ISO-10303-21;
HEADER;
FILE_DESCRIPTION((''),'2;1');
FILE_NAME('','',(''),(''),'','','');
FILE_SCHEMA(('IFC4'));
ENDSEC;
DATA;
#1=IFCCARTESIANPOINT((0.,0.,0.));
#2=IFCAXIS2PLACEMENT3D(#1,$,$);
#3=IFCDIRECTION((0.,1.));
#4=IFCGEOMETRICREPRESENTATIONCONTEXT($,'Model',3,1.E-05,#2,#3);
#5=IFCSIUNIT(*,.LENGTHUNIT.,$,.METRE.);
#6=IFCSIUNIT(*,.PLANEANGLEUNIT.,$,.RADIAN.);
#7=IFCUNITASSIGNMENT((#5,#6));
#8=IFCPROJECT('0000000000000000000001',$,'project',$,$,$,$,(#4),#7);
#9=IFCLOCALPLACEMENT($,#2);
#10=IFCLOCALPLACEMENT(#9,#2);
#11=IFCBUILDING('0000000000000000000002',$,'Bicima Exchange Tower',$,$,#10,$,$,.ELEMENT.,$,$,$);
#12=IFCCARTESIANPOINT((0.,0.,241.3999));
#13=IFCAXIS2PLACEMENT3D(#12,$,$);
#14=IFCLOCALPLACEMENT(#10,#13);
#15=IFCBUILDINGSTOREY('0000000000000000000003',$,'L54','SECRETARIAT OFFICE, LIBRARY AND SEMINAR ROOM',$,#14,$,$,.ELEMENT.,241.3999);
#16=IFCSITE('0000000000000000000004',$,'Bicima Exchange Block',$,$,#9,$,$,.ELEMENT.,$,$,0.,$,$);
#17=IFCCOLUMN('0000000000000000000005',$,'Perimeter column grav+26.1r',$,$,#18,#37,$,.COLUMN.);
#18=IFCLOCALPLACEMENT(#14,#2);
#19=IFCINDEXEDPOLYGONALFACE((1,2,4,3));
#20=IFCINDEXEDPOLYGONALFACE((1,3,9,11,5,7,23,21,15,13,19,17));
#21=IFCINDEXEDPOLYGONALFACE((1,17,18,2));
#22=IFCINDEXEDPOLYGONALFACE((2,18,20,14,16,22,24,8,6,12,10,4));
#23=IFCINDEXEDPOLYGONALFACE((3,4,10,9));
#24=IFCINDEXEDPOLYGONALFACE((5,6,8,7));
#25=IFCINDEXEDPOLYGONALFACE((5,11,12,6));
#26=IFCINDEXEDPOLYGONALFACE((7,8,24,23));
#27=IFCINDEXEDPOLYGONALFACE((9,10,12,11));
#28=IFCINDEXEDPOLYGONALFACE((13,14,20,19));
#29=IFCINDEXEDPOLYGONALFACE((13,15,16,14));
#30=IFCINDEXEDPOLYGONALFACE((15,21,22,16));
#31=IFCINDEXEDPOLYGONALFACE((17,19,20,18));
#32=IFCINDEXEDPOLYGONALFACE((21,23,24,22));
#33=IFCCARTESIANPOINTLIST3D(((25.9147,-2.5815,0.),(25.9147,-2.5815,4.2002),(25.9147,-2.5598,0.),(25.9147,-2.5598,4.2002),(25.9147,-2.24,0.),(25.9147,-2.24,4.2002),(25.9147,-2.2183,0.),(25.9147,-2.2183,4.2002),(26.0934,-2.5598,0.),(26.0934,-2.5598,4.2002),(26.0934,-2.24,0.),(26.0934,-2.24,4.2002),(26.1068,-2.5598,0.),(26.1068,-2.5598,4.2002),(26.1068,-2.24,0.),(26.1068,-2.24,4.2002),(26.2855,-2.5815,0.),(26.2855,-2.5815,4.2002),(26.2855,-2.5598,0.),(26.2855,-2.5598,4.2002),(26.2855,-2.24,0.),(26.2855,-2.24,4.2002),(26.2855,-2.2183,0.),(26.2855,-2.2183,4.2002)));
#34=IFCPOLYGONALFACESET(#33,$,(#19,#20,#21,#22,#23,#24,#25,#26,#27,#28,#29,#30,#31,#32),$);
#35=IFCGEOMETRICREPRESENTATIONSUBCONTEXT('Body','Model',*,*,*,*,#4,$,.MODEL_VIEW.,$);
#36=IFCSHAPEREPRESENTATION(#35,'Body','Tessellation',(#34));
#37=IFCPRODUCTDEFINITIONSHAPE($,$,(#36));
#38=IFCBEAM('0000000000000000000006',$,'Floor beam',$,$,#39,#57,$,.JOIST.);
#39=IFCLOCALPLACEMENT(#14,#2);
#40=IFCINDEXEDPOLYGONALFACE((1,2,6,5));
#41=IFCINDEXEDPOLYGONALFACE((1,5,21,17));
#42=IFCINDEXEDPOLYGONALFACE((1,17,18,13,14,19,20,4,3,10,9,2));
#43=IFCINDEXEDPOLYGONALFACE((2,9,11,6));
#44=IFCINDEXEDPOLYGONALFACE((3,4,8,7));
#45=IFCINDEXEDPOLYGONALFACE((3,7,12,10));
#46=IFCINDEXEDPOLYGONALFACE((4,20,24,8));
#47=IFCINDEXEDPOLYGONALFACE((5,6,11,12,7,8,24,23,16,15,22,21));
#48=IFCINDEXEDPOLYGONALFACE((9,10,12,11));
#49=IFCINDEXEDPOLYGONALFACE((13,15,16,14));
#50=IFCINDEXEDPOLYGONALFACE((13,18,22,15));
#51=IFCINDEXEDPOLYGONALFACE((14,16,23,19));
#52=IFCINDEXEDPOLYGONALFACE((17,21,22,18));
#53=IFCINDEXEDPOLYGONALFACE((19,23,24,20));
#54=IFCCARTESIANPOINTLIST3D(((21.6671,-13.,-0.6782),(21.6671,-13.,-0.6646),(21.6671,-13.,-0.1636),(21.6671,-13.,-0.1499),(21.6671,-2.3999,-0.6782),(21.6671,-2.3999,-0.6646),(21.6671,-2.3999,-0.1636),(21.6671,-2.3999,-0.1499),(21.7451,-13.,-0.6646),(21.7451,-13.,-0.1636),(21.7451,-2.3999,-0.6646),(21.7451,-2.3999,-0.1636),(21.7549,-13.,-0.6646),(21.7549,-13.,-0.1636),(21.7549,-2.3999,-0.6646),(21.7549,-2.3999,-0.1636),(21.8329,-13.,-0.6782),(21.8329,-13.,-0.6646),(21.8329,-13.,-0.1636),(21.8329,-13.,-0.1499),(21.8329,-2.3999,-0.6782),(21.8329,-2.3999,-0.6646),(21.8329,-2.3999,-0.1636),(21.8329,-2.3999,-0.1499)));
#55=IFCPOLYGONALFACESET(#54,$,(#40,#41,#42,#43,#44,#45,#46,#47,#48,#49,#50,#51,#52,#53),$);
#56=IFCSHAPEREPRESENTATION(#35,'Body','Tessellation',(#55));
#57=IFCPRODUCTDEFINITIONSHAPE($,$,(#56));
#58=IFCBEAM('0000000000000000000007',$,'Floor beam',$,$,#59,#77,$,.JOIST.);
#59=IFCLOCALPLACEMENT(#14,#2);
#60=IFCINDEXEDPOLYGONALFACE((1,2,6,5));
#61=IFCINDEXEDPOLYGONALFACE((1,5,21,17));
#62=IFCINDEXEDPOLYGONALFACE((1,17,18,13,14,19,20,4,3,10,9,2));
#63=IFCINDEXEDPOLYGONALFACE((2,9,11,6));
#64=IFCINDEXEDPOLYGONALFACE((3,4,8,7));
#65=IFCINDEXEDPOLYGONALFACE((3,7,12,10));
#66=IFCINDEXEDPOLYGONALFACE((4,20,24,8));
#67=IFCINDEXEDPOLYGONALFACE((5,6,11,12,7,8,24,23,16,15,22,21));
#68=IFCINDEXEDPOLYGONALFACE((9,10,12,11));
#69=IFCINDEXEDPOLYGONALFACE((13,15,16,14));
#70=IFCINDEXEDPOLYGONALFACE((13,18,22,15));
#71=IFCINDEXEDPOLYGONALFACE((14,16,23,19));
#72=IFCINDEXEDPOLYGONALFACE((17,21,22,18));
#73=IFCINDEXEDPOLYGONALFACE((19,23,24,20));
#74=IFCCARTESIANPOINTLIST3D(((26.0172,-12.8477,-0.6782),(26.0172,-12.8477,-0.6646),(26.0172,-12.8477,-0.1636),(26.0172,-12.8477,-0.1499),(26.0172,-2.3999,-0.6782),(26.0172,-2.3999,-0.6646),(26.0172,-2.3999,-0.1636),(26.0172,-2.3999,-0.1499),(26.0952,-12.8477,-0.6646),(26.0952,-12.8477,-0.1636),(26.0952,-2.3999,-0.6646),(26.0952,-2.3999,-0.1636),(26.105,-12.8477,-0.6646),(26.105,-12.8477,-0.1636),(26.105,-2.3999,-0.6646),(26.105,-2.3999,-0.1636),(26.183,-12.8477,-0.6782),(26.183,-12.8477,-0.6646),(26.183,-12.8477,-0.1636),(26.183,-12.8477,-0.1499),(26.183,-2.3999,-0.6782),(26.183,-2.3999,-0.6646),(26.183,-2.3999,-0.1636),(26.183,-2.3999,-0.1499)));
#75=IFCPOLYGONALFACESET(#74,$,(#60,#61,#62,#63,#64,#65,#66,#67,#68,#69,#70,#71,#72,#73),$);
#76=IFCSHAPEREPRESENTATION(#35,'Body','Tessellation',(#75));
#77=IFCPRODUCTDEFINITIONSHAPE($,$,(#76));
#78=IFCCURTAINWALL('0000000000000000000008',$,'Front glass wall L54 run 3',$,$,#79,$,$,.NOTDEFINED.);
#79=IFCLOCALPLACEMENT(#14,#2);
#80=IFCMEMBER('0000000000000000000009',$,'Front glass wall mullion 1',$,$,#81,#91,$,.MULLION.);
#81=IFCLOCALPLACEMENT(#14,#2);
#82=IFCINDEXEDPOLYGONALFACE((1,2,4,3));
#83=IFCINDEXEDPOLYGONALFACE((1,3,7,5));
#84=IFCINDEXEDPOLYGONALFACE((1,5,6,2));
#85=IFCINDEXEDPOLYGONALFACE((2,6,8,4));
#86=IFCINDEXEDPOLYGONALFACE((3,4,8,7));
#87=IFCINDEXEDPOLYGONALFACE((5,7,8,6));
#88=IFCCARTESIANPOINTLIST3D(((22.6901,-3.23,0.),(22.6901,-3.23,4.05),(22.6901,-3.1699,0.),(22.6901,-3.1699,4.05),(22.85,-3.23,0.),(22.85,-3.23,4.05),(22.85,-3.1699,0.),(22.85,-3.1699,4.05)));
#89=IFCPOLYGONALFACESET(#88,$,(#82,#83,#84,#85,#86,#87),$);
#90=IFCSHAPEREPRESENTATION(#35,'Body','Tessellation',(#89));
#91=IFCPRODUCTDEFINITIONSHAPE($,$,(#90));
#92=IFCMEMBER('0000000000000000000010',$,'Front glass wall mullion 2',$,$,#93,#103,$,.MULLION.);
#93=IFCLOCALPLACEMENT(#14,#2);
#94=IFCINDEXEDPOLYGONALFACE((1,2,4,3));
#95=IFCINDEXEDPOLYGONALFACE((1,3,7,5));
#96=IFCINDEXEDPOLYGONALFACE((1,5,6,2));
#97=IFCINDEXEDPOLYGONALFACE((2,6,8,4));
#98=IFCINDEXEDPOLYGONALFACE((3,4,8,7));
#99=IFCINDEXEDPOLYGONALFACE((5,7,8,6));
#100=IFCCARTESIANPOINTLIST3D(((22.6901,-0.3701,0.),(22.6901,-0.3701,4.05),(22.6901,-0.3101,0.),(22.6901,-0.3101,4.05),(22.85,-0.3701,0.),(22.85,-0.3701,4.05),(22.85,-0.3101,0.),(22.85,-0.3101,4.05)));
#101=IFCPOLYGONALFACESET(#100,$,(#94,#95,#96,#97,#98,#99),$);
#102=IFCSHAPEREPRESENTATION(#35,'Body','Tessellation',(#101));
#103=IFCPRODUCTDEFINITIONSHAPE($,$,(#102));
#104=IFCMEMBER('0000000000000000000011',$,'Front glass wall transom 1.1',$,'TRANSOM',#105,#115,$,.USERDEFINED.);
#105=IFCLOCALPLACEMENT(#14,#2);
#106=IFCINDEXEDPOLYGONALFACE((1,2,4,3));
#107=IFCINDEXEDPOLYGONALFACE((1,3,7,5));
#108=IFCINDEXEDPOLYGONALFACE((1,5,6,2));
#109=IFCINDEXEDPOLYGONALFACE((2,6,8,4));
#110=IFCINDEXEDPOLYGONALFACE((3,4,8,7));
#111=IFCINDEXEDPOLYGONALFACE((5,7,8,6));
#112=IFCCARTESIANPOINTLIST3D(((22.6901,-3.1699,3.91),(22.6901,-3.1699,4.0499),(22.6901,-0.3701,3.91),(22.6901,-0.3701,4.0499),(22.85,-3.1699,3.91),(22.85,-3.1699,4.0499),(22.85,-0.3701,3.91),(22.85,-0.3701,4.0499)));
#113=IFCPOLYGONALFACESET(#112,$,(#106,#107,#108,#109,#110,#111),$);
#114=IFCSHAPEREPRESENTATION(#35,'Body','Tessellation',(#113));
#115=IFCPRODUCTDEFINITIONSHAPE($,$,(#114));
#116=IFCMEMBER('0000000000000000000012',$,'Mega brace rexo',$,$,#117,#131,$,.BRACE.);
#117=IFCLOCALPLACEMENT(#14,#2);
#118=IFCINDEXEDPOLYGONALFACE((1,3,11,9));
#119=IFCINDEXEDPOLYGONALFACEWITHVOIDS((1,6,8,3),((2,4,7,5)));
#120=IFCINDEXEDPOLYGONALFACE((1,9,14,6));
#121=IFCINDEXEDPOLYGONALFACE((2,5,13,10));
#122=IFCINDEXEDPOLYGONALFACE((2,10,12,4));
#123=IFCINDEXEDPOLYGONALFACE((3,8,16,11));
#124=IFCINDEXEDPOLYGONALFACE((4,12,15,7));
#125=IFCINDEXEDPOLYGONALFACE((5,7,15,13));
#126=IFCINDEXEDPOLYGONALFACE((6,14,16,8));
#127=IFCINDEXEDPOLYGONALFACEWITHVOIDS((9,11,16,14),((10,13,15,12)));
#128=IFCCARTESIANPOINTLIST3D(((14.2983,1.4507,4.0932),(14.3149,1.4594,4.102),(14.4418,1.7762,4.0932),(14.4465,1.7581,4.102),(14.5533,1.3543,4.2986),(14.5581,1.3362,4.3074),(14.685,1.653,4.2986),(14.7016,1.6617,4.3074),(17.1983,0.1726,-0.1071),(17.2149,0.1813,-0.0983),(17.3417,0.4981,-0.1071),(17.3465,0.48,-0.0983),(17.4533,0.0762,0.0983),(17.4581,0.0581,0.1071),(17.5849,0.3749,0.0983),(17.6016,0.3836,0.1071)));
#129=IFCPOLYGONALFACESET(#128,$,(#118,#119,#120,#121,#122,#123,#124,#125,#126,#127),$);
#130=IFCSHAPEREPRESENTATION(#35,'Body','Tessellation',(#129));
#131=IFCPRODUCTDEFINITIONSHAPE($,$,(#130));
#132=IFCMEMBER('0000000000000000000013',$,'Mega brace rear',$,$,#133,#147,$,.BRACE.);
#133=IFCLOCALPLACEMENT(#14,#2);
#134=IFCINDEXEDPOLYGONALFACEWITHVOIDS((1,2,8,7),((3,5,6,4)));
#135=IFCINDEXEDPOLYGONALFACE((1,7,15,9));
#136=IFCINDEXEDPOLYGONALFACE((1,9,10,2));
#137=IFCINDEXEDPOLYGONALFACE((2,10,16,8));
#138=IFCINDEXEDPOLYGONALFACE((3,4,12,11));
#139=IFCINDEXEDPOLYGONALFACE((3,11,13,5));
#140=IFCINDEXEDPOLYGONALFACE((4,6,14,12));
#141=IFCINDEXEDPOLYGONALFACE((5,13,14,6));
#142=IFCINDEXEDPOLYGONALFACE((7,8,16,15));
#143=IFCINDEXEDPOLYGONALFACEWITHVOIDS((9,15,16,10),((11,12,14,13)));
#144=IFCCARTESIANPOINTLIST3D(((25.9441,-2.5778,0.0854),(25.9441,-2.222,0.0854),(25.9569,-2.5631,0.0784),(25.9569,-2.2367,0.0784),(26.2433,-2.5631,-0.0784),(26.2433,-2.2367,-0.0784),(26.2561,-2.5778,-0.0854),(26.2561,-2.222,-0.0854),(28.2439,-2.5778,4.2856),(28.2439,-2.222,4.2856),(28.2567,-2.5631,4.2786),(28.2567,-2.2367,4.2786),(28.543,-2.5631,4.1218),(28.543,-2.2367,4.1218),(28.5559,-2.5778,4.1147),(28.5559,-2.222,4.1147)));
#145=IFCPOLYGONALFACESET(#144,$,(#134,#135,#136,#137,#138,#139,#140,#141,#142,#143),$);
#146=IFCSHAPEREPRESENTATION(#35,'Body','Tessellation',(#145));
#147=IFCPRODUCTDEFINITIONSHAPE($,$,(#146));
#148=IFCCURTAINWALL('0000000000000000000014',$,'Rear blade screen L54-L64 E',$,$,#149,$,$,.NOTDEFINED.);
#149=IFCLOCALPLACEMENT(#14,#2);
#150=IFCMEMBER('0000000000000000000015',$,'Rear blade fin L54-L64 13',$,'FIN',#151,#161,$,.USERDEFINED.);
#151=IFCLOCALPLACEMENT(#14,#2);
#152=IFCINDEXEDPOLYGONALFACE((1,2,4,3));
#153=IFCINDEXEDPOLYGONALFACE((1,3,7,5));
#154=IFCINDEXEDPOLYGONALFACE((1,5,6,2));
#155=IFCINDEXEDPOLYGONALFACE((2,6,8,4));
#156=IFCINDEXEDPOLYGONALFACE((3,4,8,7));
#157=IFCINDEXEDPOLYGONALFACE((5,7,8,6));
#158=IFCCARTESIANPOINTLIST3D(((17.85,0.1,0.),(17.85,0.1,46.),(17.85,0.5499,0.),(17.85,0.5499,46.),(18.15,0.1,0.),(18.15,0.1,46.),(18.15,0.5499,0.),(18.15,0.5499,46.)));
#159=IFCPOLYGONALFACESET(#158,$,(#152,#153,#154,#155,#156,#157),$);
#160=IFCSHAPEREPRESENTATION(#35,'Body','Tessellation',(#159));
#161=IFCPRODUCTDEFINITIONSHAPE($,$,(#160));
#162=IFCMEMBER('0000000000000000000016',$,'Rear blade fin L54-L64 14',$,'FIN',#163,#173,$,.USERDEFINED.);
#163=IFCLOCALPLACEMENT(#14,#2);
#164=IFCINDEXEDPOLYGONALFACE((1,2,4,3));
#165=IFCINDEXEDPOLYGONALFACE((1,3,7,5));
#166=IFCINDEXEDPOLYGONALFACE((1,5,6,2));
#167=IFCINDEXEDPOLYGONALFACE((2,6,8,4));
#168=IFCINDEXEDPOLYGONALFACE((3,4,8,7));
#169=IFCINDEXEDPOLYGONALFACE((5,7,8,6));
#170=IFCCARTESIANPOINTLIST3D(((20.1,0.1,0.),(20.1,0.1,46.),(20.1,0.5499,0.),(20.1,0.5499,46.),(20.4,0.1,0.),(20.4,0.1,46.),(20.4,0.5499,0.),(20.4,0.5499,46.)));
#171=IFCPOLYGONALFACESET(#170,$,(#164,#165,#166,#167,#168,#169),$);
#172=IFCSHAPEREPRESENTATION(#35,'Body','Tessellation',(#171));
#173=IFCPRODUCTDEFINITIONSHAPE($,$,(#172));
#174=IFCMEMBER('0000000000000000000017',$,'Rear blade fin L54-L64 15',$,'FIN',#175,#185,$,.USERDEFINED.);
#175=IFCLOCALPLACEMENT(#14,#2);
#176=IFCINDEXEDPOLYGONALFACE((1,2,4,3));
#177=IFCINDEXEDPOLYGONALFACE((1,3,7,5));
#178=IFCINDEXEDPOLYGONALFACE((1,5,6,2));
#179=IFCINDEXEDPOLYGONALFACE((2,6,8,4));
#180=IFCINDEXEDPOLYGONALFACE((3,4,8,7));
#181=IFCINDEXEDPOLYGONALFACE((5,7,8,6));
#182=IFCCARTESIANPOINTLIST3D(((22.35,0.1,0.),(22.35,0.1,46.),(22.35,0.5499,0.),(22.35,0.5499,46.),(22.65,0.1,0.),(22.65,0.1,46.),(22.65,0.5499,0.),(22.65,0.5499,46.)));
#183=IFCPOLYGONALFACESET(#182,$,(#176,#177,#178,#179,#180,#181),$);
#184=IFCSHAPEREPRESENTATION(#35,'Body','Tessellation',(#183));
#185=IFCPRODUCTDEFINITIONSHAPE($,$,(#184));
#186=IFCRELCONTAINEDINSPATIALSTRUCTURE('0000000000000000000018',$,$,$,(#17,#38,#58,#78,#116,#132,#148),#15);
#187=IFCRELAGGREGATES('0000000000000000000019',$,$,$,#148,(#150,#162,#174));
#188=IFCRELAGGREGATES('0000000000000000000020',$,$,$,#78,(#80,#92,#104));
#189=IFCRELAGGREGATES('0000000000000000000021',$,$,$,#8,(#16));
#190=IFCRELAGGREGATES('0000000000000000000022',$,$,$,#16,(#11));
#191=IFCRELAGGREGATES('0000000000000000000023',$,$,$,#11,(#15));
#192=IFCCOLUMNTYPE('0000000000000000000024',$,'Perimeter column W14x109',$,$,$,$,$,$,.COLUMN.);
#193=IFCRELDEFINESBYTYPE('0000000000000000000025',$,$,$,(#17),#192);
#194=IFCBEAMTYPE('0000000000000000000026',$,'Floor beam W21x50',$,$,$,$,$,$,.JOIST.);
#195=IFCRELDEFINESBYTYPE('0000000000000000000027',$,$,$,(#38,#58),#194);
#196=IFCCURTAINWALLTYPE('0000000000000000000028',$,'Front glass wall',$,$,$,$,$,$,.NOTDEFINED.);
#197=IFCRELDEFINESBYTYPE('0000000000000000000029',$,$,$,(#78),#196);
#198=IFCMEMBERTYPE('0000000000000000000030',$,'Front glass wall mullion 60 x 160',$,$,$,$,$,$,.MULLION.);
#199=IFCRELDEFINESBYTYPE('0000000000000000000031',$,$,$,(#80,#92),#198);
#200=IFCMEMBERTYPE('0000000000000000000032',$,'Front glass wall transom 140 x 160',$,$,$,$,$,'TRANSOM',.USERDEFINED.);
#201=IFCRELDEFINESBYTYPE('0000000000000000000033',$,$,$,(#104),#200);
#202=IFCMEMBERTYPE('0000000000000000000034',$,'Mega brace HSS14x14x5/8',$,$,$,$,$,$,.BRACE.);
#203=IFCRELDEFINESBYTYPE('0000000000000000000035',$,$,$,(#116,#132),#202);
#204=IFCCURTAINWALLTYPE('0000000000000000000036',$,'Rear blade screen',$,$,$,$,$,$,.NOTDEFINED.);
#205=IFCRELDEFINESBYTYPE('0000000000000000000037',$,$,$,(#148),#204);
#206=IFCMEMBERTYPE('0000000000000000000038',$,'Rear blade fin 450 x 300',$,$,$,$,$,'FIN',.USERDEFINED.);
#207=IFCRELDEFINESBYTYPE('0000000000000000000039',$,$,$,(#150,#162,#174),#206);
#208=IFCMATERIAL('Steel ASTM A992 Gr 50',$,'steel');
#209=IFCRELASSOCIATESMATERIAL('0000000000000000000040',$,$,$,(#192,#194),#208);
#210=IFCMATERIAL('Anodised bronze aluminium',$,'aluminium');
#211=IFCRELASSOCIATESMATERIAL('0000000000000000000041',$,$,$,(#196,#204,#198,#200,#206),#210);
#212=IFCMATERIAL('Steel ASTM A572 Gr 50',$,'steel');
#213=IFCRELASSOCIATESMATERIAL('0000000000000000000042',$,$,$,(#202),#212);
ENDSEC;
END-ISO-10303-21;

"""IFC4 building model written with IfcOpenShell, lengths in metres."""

from ifc_helpers import new_model, si_unit, direction, frame, origin, origin_2d, place, context, subcontext, project, spatial, rectangle, hollow_rectangle, i_section, extrude, material, material_profile, profile_set, type_object, element, aggregate, save


model = new_model("IFC4")

# Units and contexts
model_context = context("Model", 3, precision=1e-05, world=origin(), true_north=direction((0.0, 1.0)))
body_context = subcontext(model_context, "Body", "Model", "MODEL_VIEW")
ifc_project = project(units=[si_unit("LENGTHUNIT", "METRE"), si_unit("PLANEANGLEUNIT", "RADIAN")], contexts=[model_context])

# Site, building, storey
site_placement = place(None, origin())
site = spatial("IfcSite", under=ifc_project, at=site_placement, Name="Bicima Exchange Block", CompositionType="ELEMENT", RefElevation=0.0)
building_placement = place(site_placement, origin())
building = spatial("IfcBuilding", under=site, at=building_placement, Name="Bicima Exchange Tower", CompositionType="ELEMENT")
storey_placement = place(building_placement, frame((0.0, 0.0, 241.3999)))
storey = spatial("IfcBuildingStorey", under=building, at=storey_placement, Name="L54", Description="SECRETARIAT OFFICE, LIBRARY AND SEMINAR ROOM", CompositionType="ELEMENT", Elevation=241.3999)

# Column
ifc_material_1 = material(Name="Steel ASTM A992 Gr 50", Category="steel")
ifc_material_profile_1 = material_profile(ifc_material_1, i_section(OverallWidth=0.3708, OverallDepth=0.3633, WebThickness=0.0134, FlangeThickness=0.0217, at=origin_2d()))
ifc_profile_set_1 = profile_set([ifc_material_profile_1], Name="Steel ASTM A992 Gr 50")
column_type = type_object("IfcColumnType", Name="Perimeter column W14x109", PredefinedType="COLUMN", material=ifc_profile_set_1)
column_placement = place(storey_placement, frame((26.1001, -2.3999, 0.0), z_axis=(0.0, 0.0, 1.0), x_axis=(1.0, 0.0, 0.0)))
element("IfcColumn", 1, at=column_placement, inside=storey, type_object=column_type, Name="Perimeter column grav+26.1r", PredefinedType="COLUMN", context=body_context, shape_type="SweptSolid", body=[
    extrude(i_section(OverallWidth=0.3708, OverallDepth=0.3633, WebThickness=0.0134, FlangeThickness=0.0217, at=origin_2d()), origin(), (0.0, 0.0, 1.0), 4.2002),
])

# Beams
ifc_material_profile_2 = material_profile(ifc_material_1, i_section(OverallWidth=0.1658, OverallDepth=0.5283, WebThickness=0.0098, FlangeThickness=0.0137, at=origin_2d()))
ifc_profile_set_2 = profile_set([ifc_material_profile_2], Name="Steel ASTM A992 Gr 50")
beam_type = type_object("IfcBeamType", Name="Floor beam W21x50", PredefinedType="JOIST", material=ifc_profile_set_2)
beam_1_placement = place(storey_placement, frame((21.75, -2.3999, -0.4141), z_axis=(0.0, -1.0, 0.0), x_axis=(1.0, 0.0, 0.0)))
element("IfcBeam", 2, at=beam_1_placement, inside=storey, type_object=beam_type, Name="Floor beam", PredefinedType="JOIST", context=body_context, shape_type="SweptSolid", body=[
    extrude(i_section(OverallWidth=0.1658, OverallDepth=0.5283, WebThickness=0.0098, FlangeThickness=0.0137, at=origin_2d()), origin(), (0.0, 0.0, 1.0), 10.6001),
])
beam_2_placement = place(storey_placement, frame((26.1001, -2.3999, -0.4141), z_axis=(0.0, -1.0, 0.0), x_axis=(1.0, 0.0, 0.0)))
element("IfcBeam", 3, at=beam_2_placement, inside=storey, type_object=beam_type, Name="Floor beam", PredefinedType="JOIST", context=body_context, shape_type="SweptSolid", body=[
    extrude(i_section(OverallWidth=0.1658, OverallDepth=0.5283, WebThickness=0.0098, FlangeThickness=0.0137, at=origin_2d()), origin(), (0.0, 0.0, 1.0), 10.4478),
])

# Curtain wall, members
ifc_material_2 = material(Name="Anodised bronze aluminium", Category="aluminium")
curtain_wall_type_1 = type_object("IfcCurtainWallType", Name="Front glass wall", PredefinedType="NOTDEFINED", material=ifc_material_2)
curtain_wall_1_placement = place(storey_placement, origin())
curtain_wall_1 = element("IfcCurtainWall", 4, at=curtain_wall_1_placement, inside=storey, type_object=curtain_wall_type_1, Name="Front glass wall L54 run 3", PredefinedType="NOTDEFINED")
ifc_material_profile_3 = material_profile(ifc_material_2, rectangle(XDim=0.1599, YDim=0.0601, at=origin_2d()))
ifc_profile_set_3 = profile_set([ifc_material_profile_3], Name="Anodised bronze aluminium")
member_type_1 = type_object("IfcMemberType", Name="Front glass wall mullion 60 x 160", PredefinedType="MULLION", material=ifc_profile_set_3)
member_1_placement = place(storey_placement, frame((22.77, -3.2, 0.0), z_axis=(0.0, 0.0, 1.0), x_axis=(-1.0, 0.0, 0.0)))
member_1 = element("IfcMember", 5, at=member_1_placement, type_object=member_type_1, Name="Front glass wall mullion 1", PredefinedType="MULLION", context=body_context, shape_type="SweptSolid", body=[
    extrude(rectangle(XDim=0.1599, YDim=0.0601, at=origin_2d()), origin(), (0.0, 0.0, 1.0), 4.05),
])
member_2_placement = place(storey_placement, frame((22.77, -0.3401, 0.0), z_axis=(0.0, 0.0, 1.0), x_axis=(-1.0, 0.0, 0.0)))
member_2 = element("IfcMember", 6, at=member_2_placement, type_object=member_type_1, Name="Front glass wall mullion 2", PredefinedType="MULLION", context=body_context, shape_type="SweptSolid", body=[
    extrude(rectangle(XDim=0.1599, YDim=0.0601, at=origin_2d()), origin(), (0.0, 0.0, 1.0), 4.05),
])
ifc_material_profile_4 = material_profile(ifc_material_2, rectangle(XDim=0.1599, YDim=0.1399, at=origin_2d()))
ifc_profile_set_4 = profile_set([ifc_material_profile_4], Name="Anodised bronze aluminium")
member_type_2 = type_object("IfcMemberType", Name="Front glass wall transom 140 x 160", ElementType="TRANSOM", PredefinedType="USERDEFINED", material=ifc_profile_set_4)
member_3_placement = place(storey_placement, frame((22.77, -3.1699, 3.98), z_axis=(0.0, 1.0, 0.0), x_axis=(-1.0, 0.0, 0.0)))
member_3 = element("IfcMember", 7, at=member_3_placement, type_object=member_type_2, Name="Front glass wall transom 1.1", ObjectType="TRANSOM", PredefinedType="USERDEFINED", context=body_context, shape_type="SweptSolid", body=[
    extrude(rectangle(XDim=0.1599, YDim=0.1399, at=origin_2d()), origin(), (0.0, 0.0, 1.0), 2.7998),
])

# Members
ifc_material_3 = material(Name="Steel ASTM A572 Gr 50", Category="steel")
ifc_material_profile_5 = material_profile(ifc_material_3, hollow_rectangle(XDim=0.3557, YDim=0.3557, WallThickness=0.0146, at=origin_2d()))
ifc_profile_set_5 = profile_set([ifc_material_profile_5], Name="Steel ASTM A572 Gr 50")
member_type_3 = type_object("IfcMemberType", Name="Mega brace HSS14x14x5/8", PredefinedType="BRACE", material=ifc_profile_set_5)
member_4_placement = place(storey_placement, frame((17.3999, 0.2781, 0.0), z_axis=(-0.551143, 0.242906, 0.798272), x_axis=(-0.403299, -0.915068, 0.0)))
element("IfcMember", 8, at=member_4_placement, inside=storey, type_object=member_type_3, Name="Mega brace rexo", PredefinedType="BRACE", context=body_context, shape_type="SweptSolid", body=[
    extrude(hollow_rectangle(XDim=0.3557, YDim=0.3557, WallThickness=0.0146, at=origin_2d()), origin(), (0.0, 0.0, 1.0), 5.2617),
])
member_5_placement = place(storey_placement, frame((26.1001, -2.3999, 0.0), z_axis=(0.480266, 0.0, 0.877123), x_axis=(0.0, 1.0, 0.0)))
element("IfcMember", 9, at=member_5_placement, inside=storey, type_object=member_type_3, Name="Mega brace rear", PredefinedType="BRACE", context=body_context, shape_type="SweptSolid", body=[
    extrude(hollow_rectangle(XDim=0.3557, YDim=0.3557, WallThickness=0.0146, at=origin_2d()), origin(), (0.0, 0.0, 1.0), 4.7886),
])

# Curtain wall, members
curtain_wall_type_2 = type_object("IfcCurtainWallType", Name="Rear blade screen", PredefinedType="NOTDEFINED", material=ifc_material_2)
curtain_wall_2_placement = place(storey_placement, origin())
curtain_wall_2 = element("IfcCurtainWall", 10, at=curtain_wall_2_placement, inside=storey, type_object=curtain_wall_type_2, Name="Rear blade screen L54-L64 E", PredefinedType="NOTDEFINED")
ifc_material_profile_6 = material_profile(ifc_material_2, rectangle(XDim=0.45, YDim=0.3, at=origin_2d()))
ifc_profile_set_6 = profile_set([ifc_material_profile_6], Name="Anodised bronze aluminium")
member_type_4 = type_object("IfcMemberType", Name="Rear blade fin 450 x 300", ElementType="FIN", PredefinedType="USERDEFINED", material=ifc_profile_set_6)
member_6_placement = place(storey_placement, frame((18.0, 0.325, 0.0), z_axis=(0.0, 0.0, 1.0), x_axis=(0.0, 1.0, 0.0)))
member_6 = element("IfcMember", 11, at=member_6_placement, type_object=member_type_4, Name="Rear blade fin L54-L64 13", ObjectType="FIN", PredefinedType="USERDEFINED", context=body_context, shape_type="SweptSolid", body=[
    extrude(rectangle(XDim=0.45, YDim=0.3, at=origin_2d()), origin(), (0.0, 0.0, 1.0), 46.0),
])
member_7_placement = place(storey_placement, frame((20.25, 0.325, 0.0), z_axis=(0.0, 0.0, 1.0), x_axis=(0.0, 1.0, 0.0)))
member_7 = element("IfcMember", 12, at=member_7_placement, type_object=member_type_4, Name="Rear blade fin L54-L64 14", ObjectType="FIN", PredefinedType="USERDEFINED", context=body_context, shape_type="SweptSolid", body=[
    extrude(rectangle(XDim=0.45, YDim=0.3, at=origin_2d()), origin(), (0.0, 0.0, 1.0), 46.0),
])
member_8_placement = place(storey_placement, frame((22.5, 0.325, 0.0), z_axis=(0.0, 0.0, 1.0), x_axis=(0.0, 1.0, 0.0)))
member_8 = element("IfcMember", 13, at=member_8_placement, type_object=member_type_4, Name="Rear blade fin L54-L64 15", ObjectType="FIN", PredefinedType="USERDEFINED", context=body_context, shape_type="SweptSolid", body=[
    extrude(rectangle(XDim=0.45, YDim=0.3, at=origin_2d()), origin(), (0.0, 0.0, 1.0), 46.0),
])
aggregate(curtain_wall_2, [member_6, member_7, member_8])

aggregate(curtain_wall_1, [member_1, member_2, member_3])

save(model, "model.ifc")
